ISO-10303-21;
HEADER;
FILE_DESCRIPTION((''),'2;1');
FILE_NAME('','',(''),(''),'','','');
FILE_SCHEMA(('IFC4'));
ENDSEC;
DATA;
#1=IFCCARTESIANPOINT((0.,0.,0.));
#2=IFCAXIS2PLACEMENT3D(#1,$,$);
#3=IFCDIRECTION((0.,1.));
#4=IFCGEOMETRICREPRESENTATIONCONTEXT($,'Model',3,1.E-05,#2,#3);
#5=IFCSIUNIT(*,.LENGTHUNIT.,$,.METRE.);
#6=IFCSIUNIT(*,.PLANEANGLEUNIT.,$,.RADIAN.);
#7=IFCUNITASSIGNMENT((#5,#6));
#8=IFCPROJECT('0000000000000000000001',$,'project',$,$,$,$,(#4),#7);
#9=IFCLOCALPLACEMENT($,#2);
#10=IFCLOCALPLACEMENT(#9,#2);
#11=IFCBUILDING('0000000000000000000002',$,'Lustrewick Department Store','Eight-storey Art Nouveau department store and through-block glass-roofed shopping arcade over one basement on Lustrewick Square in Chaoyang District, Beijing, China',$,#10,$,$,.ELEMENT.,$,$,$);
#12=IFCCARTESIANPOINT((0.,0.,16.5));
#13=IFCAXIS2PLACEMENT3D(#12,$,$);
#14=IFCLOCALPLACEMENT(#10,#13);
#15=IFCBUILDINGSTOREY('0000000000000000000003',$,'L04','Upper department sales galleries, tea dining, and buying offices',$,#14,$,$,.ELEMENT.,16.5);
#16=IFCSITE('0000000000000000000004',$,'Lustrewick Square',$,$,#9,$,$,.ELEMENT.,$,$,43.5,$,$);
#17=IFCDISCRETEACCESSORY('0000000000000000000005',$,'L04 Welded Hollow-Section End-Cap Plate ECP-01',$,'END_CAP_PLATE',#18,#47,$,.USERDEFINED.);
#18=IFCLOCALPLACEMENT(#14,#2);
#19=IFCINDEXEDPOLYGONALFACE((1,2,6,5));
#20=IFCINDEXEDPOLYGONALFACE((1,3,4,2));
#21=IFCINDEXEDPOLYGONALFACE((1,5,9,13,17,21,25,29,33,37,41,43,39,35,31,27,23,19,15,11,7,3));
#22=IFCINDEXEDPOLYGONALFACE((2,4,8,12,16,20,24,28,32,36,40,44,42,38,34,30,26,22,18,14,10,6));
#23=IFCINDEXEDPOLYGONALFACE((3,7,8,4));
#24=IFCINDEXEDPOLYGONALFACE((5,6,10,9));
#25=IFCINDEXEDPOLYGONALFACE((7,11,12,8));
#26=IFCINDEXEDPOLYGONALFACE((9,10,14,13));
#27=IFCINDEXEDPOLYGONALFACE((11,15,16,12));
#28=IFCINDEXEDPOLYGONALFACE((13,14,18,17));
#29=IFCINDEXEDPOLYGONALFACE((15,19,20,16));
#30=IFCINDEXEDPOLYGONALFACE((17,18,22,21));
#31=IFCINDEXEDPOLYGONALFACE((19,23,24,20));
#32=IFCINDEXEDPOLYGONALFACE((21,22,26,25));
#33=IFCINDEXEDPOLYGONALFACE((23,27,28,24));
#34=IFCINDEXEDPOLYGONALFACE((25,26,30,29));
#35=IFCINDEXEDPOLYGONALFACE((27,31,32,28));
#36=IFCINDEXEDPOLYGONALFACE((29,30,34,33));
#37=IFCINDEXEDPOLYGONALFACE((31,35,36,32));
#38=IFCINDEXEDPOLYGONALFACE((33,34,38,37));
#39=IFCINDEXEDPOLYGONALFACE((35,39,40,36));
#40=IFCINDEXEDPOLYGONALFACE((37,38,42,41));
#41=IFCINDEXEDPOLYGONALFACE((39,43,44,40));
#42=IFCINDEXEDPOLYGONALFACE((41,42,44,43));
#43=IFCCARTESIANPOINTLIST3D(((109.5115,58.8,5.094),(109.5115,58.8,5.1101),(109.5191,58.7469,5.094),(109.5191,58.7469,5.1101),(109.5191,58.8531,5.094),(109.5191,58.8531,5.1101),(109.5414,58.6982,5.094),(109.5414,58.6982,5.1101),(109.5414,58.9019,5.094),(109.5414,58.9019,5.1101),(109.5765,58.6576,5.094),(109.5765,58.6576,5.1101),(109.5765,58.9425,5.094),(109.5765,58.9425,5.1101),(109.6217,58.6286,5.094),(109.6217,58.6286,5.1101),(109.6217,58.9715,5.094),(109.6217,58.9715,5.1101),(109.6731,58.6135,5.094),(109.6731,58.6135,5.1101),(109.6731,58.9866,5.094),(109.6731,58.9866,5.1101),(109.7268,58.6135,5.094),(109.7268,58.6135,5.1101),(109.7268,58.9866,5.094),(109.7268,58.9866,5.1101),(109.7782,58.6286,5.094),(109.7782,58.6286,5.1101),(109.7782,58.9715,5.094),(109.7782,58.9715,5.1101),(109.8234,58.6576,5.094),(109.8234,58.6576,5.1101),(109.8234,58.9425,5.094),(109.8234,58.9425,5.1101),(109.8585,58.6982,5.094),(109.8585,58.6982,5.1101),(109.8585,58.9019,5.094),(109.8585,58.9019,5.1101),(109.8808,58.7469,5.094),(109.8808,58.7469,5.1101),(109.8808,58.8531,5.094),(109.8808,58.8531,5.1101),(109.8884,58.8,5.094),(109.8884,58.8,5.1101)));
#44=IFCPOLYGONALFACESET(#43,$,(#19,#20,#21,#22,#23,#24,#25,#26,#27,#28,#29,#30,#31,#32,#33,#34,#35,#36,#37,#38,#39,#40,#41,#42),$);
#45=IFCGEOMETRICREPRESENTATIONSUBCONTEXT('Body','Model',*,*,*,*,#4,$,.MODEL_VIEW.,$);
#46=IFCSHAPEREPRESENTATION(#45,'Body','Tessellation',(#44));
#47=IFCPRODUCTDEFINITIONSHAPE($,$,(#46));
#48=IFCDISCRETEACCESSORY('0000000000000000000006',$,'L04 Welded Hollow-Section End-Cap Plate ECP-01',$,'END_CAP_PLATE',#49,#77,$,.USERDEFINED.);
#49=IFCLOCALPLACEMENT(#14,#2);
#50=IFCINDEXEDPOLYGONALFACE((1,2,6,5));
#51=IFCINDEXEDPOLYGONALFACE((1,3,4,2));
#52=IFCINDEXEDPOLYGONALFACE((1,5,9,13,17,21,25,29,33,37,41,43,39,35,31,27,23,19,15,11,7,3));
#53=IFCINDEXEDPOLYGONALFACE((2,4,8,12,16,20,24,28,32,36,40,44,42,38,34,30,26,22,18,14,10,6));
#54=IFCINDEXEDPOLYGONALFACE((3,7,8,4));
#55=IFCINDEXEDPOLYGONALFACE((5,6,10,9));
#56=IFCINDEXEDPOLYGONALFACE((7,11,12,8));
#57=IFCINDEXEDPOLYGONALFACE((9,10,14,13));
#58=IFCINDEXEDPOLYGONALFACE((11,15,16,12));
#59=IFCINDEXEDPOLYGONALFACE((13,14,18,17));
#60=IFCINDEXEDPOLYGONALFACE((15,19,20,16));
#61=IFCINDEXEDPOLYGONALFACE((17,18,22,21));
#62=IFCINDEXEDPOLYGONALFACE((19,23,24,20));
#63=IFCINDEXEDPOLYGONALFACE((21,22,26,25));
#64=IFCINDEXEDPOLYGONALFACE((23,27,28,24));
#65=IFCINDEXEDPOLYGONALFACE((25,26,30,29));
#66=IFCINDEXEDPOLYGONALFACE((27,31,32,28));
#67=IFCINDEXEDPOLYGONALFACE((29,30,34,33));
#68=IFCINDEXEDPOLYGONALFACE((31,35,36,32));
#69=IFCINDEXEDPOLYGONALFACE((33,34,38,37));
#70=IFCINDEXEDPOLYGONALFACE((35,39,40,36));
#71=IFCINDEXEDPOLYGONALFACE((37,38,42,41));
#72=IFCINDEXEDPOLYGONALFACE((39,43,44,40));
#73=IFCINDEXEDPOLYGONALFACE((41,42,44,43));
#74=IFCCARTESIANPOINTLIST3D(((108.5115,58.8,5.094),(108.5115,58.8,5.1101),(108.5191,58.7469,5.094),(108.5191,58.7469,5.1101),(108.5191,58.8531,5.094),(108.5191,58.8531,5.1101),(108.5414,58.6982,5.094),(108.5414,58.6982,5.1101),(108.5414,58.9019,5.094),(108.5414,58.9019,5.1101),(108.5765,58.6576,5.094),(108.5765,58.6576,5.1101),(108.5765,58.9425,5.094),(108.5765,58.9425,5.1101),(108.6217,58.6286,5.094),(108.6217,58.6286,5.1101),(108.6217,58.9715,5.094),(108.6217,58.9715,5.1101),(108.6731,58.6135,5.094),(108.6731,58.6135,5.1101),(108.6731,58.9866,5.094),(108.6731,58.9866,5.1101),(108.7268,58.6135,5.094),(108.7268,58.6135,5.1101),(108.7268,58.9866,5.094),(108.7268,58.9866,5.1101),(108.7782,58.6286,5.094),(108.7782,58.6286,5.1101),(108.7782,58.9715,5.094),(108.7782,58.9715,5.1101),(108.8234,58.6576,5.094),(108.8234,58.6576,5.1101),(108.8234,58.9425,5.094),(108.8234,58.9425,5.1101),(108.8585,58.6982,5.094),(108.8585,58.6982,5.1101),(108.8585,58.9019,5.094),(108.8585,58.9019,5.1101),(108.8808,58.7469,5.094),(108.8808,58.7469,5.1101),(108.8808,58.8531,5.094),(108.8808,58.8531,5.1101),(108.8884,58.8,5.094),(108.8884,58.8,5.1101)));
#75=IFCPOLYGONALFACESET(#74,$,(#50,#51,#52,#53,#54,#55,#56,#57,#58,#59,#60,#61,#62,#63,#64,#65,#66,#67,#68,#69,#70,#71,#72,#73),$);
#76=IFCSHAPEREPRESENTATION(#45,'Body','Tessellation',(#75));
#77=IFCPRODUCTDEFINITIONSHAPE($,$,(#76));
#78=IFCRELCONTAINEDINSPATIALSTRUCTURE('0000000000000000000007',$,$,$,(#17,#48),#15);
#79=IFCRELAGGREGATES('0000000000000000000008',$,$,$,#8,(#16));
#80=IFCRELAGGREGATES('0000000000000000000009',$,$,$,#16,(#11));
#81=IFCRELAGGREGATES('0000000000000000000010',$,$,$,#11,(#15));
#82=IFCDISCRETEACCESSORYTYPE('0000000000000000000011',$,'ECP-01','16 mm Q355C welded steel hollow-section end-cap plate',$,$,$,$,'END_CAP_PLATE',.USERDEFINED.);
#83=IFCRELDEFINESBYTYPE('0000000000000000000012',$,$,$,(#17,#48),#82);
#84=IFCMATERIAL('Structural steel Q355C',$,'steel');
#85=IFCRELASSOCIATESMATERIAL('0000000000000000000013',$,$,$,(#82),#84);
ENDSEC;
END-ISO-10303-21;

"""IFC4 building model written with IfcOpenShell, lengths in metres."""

from ifc_helpers import new_model, si_unit, direction, frame, origin, origin_2d, place, context, subcontext, project, spatial, circle, extrude, material, type_object, element, save


model = new_model("IFC4")

# Units and contexts
model_context = context("Model", 3, precision=1e-05, world=origin(), true_north=direction((0.0, 1.0)))
body_context = subcontext(model_context, "Body", "Model", "MODEL_VIEW")
ifc_project = project(units=[si_unit("LENGTHUNIT", "METRE"), si_unit("PLANEANGLEUNIT", "RADIAN")], contexts=[model_context])

# Site, building, storey
site_placement = place(None, origin())
site = spatial("IfcSite", under=ifc_project, at=site_placement, Name="Lustrewick Square", CompositionType="ELEMENT", RefElevation=43.5)
building_placement = place(site_placement, origin())
building = spatial("IfcBuilding", under=site, at=building_placement, Name="Lustrewick Department Store", Description="Eight-storey Art Nouveau department store and through-block glass-roofed shopping arcade over one basement on Lustrewick Square in Chaoyang District, Beijing, China", CompositionType="ELEMENT")
storey_placement = place(building_placement, frame((0.0, 0.0, 16.5)))
storey = spatial("IfcBuildingStorey", under=building, at=storey_placement, Name="L04", Description="Upper department sales galleries, tea dining, and buying offices", CompositionType="ELEMENT", Elevation=16.5)

# Shared definitions
ifc_material_1 = material(Name="Structural steel Q355C", Category="steel")

# Discrete accessories
discrete_accessory_type = type_object("IfcDiscreteAccessoryType", Name="ECP-01", Description="16 mm Q355C welded steel hollow-section end-cap plate", ElementType="END_CAP_PLATE", PredefinedType="USERDEFINED", material=ifc_material_1)
for number, where, z_axis, x_axis, name in (
    (1, (109.7, 58.8, 5.094), (0.0, 0.0, 1.0), (1.0, 0.0, 0.0), "L04 Welded Hollow-Section End-Cap Plate ECP-01"),
    (2, (108.7, 58.8, 5.094), (0.0, 0.0, 1.0), (1.0, 0.0, 0.0), "L04 Welded Hollow-Section End-Cap Plate ECP-01"),
):
    element("IfcDiscreteAccessory", number, at=place(storey_placement, frame(where, z_axis=z_axis, x_axis=x_axis)), inside=storey, type_object=discrete_accessory_type, Name=name, ObjectType="END_CAP_PLATE", PredefinedType="USERDEFINED", context=body_context, shape_type="SweptSolid", body=[
        extrude(circle(Radius=0.1885, at=origin_2d()), origin(), (0.0, 0.0, 1.0), 0.0161),
    ])

save(model, "model.ifc")
